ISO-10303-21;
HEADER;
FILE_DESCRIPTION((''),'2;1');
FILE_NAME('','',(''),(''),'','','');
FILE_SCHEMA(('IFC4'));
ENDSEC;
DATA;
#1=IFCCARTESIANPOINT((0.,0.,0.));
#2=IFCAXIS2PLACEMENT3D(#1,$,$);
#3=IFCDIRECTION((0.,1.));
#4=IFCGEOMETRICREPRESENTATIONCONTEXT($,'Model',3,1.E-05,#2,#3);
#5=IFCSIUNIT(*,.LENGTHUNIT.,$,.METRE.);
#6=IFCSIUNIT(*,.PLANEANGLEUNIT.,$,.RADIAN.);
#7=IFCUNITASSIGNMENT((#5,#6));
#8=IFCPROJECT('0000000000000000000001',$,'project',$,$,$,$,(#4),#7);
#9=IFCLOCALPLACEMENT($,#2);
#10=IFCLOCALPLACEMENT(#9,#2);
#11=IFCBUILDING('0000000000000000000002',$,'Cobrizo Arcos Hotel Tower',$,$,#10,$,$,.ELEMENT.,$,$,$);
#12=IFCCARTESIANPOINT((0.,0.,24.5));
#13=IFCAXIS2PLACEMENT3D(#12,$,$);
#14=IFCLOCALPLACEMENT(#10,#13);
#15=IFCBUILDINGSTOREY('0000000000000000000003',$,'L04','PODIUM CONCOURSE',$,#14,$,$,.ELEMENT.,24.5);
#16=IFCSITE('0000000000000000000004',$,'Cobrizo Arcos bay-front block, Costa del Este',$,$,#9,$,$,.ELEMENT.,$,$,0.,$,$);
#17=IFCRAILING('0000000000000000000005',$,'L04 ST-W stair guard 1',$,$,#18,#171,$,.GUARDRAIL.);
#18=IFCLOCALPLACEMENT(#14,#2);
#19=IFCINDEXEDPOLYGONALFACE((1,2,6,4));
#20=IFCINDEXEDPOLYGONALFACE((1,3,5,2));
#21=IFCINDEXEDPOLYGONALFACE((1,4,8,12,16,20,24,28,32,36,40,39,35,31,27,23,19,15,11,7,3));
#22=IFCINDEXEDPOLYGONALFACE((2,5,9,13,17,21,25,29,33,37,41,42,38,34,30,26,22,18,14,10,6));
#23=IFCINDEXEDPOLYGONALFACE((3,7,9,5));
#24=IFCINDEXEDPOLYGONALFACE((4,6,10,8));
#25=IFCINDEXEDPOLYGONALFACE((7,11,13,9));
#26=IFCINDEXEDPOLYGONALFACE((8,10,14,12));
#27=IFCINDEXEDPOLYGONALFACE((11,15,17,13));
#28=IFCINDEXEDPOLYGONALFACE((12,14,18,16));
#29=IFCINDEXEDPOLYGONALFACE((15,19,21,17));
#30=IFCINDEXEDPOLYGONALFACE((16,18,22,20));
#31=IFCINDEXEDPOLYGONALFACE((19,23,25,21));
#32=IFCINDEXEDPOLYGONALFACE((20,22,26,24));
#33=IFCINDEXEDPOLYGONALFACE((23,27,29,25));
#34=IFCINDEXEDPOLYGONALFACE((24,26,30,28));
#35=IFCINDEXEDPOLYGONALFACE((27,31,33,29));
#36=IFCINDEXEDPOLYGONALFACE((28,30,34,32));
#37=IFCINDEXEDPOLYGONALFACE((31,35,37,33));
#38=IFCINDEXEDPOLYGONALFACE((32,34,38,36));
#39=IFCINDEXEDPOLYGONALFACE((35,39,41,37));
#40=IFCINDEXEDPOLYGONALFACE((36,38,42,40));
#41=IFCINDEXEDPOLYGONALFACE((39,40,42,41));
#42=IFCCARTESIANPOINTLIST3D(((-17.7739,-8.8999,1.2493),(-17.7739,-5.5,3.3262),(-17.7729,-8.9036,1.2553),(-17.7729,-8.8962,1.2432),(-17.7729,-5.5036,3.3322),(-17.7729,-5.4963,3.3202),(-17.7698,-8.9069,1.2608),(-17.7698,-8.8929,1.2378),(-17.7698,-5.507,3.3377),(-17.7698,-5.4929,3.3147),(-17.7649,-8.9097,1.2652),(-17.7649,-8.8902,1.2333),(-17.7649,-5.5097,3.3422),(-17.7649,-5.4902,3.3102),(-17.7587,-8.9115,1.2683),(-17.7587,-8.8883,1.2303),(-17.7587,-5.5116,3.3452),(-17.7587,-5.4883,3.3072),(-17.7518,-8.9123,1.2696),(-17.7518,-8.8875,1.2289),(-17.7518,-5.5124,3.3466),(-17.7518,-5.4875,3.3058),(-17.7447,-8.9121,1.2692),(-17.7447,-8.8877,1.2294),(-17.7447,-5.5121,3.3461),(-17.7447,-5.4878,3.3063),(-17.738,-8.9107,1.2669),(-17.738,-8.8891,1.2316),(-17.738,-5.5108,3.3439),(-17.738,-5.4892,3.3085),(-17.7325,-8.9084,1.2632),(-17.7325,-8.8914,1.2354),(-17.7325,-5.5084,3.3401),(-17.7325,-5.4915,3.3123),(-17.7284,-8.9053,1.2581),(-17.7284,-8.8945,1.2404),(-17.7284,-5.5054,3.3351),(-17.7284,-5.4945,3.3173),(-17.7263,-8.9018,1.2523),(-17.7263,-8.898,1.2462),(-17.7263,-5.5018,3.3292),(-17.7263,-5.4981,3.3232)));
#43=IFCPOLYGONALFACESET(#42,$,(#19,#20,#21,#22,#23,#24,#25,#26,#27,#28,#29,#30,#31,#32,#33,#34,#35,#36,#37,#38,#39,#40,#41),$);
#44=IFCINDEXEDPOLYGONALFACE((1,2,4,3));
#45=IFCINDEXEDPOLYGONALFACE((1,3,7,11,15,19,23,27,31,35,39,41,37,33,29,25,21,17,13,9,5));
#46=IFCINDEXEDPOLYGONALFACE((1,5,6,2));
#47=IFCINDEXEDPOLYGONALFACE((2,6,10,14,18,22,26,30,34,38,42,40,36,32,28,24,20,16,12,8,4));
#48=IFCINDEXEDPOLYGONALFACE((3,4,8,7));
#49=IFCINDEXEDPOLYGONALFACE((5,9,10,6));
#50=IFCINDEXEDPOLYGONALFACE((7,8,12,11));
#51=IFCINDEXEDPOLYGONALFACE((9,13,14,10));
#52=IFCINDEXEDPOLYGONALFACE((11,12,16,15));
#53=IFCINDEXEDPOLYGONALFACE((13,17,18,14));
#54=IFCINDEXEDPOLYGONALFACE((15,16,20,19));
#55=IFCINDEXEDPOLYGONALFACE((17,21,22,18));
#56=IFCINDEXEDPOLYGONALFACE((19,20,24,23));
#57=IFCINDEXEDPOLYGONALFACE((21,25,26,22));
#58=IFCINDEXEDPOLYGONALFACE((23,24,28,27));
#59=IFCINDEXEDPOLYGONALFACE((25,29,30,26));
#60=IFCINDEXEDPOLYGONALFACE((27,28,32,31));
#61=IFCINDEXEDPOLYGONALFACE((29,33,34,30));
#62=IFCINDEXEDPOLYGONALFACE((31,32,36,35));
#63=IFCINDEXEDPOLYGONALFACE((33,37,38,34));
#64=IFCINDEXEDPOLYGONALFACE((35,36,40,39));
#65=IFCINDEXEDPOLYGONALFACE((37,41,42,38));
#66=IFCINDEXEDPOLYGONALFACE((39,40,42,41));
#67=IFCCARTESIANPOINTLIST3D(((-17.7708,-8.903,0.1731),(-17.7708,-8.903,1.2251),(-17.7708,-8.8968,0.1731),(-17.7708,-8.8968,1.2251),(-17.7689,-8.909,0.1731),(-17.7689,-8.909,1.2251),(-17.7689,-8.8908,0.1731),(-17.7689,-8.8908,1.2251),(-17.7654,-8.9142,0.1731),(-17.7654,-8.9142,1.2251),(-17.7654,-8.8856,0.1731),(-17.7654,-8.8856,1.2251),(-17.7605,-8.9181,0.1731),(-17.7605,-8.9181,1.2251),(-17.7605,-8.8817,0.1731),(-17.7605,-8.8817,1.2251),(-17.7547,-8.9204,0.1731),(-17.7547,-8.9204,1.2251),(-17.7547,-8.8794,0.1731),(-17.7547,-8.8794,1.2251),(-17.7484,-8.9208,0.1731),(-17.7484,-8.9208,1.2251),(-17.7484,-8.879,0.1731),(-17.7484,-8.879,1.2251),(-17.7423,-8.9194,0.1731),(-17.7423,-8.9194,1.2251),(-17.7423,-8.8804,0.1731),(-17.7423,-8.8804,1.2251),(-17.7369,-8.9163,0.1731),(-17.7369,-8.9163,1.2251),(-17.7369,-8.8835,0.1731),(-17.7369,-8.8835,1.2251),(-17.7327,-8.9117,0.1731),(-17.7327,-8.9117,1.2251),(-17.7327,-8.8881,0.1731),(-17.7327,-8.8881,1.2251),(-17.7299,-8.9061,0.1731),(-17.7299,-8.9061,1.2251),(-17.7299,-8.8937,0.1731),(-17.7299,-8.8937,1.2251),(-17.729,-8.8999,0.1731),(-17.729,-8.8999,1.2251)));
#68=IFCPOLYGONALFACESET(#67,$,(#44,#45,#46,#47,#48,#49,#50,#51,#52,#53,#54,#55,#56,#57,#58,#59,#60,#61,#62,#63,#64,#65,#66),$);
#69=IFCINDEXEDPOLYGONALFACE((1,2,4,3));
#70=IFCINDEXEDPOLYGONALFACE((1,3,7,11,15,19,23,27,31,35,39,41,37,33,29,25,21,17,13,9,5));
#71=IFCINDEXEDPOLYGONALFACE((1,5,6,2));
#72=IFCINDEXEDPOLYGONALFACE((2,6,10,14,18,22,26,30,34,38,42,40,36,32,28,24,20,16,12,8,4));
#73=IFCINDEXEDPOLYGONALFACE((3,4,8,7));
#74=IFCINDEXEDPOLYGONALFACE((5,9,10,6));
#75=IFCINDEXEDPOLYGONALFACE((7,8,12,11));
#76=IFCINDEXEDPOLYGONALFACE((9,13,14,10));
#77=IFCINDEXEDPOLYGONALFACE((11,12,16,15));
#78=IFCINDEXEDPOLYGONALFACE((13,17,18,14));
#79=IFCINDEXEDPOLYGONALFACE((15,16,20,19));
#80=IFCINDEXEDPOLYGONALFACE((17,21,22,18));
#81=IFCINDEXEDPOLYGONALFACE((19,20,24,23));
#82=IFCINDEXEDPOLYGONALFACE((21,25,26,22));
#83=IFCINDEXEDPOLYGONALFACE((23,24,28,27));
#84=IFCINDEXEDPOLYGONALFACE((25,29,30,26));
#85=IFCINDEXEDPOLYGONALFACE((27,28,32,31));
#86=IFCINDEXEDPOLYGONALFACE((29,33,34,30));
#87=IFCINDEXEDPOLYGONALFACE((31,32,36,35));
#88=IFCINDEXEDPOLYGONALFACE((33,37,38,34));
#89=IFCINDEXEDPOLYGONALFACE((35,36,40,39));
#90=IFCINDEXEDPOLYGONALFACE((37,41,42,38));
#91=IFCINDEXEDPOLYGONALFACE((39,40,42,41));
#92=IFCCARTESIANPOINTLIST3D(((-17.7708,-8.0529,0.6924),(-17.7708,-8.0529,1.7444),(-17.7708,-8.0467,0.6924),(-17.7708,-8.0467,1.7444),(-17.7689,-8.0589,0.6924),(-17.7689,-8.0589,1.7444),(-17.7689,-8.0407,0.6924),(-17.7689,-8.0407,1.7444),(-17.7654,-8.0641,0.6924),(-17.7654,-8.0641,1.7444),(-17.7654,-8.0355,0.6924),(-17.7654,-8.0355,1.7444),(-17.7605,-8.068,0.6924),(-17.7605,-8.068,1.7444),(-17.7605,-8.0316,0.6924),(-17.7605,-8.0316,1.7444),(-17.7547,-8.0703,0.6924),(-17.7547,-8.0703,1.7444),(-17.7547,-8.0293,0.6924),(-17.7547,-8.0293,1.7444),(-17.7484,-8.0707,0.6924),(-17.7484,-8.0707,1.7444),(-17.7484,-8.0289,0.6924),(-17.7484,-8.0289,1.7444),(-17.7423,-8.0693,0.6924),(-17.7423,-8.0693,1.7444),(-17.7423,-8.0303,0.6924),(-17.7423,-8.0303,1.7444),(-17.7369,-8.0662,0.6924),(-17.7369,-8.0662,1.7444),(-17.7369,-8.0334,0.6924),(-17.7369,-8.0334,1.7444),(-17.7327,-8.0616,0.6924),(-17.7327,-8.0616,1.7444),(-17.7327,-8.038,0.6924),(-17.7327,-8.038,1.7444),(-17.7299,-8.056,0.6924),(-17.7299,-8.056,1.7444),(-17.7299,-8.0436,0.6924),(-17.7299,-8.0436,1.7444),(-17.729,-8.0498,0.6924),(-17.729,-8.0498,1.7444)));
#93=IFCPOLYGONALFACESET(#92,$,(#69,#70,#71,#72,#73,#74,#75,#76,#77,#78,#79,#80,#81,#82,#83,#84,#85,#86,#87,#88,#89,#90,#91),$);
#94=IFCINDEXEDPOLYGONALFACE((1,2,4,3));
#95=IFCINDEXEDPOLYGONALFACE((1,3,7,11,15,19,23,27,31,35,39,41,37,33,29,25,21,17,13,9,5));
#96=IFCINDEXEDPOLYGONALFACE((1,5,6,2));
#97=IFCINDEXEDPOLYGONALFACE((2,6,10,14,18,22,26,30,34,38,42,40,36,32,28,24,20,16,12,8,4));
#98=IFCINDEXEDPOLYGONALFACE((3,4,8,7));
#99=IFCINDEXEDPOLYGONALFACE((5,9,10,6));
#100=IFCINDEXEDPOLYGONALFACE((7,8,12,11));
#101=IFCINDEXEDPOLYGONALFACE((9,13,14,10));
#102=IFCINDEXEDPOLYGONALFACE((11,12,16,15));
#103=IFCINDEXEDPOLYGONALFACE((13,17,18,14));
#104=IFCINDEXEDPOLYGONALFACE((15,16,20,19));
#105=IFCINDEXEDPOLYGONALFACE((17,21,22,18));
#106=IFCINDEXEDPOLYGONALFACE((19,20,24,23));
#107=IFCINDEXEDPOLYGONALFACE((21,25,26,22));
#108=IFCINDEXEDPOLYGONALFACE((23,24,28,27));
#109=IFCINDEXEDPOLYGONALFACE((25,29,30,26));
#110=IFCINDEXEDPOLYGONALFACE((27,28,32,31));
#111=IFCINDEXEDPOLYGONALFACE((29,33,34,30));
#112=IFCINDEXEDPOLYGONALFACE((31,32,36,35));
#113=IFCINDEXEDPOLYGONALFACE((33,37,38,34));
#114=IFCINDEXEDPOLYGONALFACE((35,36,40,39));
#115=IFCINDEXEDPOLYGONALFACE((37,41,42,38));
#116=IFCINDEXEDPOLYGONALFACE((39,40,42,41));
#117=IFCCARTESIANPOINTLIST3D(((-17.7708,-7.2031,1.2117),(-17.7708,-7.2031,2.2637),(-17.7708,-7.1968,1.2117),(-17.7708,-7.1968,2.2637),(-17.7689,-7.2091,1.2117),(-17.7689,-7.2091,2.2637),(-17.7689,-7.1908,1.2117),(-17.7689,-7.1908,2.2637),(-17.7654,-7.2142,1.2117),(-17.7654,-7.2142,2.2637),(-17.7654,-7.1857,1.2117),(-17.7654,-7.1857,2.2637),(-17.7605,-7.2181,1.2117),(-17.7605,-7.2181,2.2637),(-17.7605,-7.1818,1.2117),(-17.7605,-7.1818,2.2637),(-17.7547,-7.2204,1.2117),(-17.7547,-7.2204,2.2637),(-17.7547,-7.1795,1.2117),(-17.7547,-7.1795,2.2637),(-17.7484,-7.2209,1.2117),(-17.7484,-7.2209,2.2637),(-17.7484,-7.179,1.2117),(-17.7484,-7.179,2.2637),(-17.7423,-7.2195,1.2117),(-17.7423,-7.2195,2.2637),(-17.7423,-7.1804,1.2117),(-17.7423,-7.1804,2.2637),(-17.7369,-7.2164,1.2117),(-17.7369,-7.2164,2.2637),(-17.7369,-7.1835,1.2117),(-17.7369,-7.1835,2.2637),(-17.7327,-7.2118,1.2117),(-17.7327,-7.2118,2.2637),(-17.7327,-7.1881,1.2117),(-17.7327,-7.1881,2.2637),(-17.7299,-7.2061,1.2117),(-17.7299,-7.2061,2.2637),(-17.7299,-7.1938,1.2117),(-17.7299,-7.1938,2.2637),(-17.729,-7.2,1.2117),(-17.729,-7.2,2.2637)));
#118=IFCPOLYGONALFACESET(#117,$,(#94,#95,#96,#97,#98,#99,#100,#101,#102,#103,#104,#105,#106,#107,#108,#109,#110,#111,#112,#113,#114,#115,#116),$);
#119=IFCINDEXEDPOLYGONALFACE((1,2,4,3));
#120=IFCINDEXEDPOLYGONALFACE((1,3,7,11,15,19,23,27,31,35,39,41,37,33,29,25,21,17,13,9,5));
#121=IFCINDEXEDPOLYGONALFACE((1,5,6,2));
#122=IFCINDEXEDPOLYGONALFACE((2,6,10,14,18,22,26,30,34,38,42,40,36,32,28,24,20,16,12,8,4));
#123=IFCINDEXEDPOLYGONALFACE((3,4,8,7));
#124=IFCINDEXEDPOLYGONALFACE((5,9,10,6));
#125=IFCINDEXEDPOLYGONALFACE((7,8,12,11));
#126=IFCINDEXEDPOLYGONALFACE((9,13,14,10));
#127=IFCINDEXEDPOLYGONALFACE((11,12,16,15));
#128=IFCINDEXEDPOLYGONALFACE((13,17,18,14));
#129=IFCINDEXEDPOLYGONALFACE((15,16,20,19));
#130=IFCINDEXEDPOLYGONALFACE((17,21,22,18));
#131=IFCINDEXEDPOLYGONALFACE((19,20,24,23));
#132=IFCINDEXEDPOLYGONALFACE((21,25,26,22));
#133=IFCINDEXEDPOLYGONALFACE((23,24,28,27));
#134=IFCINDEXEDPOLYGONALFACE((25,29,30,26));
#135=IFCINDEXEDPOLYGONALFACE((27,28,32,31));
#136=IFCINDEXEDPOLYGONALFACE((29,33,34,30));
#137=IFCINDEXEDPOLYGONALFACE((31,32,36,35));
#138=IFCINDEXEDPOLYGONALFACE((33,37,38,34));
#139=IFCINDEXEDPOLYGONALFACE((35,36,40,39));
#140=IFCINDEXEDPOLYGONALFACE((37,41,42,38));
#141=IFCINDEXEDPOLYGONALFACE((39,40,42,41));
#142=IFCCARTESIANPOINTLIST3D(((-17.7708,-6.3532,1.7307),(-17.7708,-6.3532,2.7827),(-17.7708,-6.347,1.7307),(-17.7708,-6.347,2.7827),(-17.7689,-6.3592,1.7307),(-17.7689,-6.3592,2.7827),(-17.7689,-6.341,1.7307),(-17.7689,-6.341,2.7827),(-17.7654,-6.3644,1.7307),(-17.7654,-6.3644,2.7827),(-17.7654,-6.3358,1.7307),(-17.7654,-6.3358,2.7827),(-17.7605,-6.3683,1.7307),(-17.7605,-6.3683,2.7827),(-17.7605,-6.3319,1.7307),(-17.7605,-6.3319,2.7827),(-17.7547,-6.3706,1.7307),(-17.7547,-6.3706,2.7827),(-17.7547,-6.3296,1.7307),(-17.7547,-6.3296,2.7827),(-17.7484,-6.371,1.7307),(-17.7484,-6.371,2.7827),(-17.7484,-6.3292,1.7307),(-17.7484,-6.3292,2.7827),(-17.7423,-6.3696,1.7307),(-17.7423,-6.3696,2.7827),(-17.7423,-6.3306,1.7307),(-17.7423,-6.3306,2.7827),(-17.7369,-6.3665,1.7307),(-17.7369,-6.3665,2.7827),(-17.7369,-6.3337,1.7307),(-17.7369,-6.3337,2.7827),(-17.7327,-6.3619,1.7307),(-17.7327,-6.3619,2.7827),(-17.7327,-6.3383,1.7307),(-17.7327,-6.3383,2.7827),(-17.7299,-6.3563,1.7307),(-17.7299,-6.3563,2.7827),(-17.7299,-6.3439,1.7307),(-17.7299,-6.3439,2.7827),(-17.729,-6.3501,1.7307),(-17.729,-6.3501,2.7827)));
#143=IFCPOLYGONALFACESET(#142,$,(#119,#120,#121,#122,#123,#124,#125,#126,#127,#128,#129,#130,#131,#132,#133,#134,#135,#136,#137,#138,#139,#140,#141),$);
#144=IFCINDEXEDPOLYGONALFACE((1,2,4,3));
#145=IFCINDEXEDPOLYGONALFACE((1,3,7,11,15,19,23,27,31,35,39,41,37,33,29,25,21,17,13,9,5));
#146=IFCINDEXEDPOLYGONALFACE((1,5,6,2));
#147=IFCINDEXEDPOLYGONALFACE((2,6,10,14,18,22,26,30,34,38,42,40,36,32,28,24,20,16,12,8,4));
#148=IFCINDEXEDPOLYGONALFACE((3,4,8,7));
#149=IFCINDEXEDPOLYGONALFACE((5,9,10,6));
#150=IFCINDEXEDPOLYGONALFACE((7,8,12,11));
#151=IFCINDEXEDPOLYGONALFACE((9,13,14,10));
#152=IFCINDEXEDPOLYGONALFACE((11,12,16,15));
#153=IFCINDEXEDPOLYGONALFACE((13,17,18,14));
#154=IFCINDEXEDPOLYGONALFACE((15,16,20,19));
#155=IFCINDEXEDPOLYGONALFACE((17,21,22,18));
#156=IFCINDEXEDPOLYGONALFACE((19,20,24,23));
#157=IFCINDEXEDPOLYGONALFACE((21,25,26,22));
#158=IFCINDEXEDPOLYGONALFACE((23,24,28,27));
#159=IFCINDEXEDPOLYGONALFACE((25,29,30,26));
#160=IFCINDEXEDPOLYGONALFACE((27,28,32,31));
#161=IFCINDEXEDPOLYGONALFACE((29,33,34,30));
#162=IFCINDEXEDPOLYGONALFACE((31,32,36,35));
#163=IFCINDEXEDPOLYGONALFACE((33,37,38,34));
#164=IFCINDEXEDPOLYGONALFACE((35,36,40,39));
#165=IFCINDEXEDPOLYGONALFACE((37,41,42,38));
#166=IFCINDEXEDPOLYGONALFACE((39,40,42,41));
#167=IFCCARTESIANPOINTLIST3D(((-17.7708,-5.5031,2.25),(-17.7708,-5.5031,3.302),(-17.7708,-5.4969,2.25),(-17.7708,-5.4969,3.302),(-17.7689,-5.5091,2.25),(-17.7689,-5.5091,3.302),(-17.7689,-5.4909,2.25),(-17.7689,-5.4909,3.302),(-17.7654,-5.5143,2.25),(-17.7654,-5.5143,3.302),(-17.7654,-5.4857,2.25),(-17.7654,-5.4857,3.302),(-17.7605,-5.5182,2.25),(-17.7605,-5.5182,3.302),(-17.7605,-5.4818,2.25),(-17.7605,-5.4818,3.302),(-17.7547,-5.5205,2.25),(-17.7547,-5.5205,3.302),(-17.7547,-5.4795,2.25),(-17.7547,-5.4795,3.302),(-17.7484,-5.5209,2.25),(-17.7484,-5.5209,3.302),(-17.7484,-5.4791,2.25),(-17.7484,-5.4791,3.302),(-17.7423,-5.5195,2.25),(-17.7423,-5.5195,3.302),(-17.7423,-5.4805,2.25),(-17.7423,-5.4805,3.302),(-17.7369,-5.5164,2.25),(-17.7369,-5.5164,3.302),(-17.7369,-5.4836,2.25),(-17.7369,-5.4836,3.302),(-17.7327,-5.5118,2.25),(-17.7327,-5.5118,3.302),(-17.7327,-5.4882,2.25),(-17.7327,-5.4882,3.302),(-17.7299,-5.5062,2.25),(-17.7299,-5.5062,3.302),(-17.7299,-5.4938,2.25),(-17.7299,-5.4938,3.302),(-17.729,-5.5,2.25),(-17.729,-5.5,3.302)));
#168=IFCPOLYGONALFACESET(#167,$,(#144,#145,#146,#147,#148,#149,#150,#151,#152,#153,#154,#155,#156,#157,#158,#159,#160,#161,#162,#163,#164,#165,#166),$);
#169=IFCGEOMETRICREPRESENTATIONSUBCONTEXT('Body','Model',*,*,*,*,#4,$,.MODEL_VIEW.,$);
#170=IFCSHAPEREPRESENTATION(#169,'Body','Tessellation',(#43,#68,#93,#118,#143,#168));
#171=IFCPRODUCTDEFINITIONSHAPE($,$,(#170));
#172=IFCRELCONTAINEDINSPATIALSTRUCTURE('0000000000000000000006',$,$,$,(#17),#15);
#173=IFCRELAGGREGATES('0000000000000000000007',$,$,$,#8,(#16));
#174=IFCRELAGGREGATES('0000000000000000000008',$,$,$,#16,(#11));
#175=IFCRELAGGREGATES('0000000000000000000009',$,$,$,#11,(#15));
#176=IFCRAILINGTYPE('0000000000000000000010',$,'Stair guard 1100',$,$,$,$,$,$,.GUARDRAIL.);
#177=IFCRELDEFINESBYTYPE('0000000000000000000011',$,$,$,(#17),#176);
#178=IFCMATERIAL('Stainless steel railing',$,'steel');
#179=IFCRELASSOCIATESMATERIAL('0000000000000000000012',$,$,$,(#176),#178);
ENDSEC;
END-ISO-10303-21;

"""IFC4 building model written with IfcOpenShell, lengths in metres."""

from ifc_helpers import new_model, si_unit, direction, frame, origin, origin_2d, place, context, subcontext, project, spatial, circle, extrude, material, type_object, element, save


model = new_model("IFC4")

# Units and contexts
model_context = context("Model", 3, precision=1e-05, world=origin(), true_north=direction((0.0, 1.0)))
body_context = subcontext(model_context, "Body", "Model", "MODEL_VIEW")
ifc_project = project(units=[si_unit("LENGTHUNIT", "METRE"), si_unit("PLANEANGLEUNIT", "RADIAN")], contexts=[model_context])

# Site, building, storey
site_placement = place(None, origin())
site = spatial("IfcSite", under=ifc_project, at=site_placement, Name="Cobrizo Arcos bay-front block, Costa del Este", CompositionType="ELEMENT", RefElevation=0.0)
building_placement = place(site_placement, origin())
building = spatial("IfcBuilding", under=site, at=building_placement, Name="Cobrizo Arcos Hotel Tower", CompositionType="ELEMENT")
storey_placement = place(building_placement, frame((0.0, 0.0, 24.5)))
storey = spatial("IfcBuildingStorey", under=building, at=storey_placement, Name="L04", Description="PODIUM CONCOURSE", CompositionType="ELEMENT", Elevation=24.5)

# Railing
ifc_material_1 = material(Name="Stainless steel railing", Category="steel")
railing_type_1 = type_object("IfcRailingType", Name="Stair guard 1100", PredefinedType="GUARDRAIL", material=ifc_material_1)
railing_1_placement = place(storey_placement, frame((-17.75, -8.8999, 0.1731)))
element("IfcRailing", 1, at=railing_1_placement, inside=storey, type_object=railing_type_1, Name="L04 ST-W stair guard 1", PredefinedType="GUARDRAIL", context=body_context, shape_type="SweptSolid", body=[
    extrude(circle(Radius=0.0239, at=origin_2d()), frame((0.0, 0.0, 1.0762), z_axis=(0.0, 0.853373, 0.521301), x_axis=(-1.0, 0.0, 0.0)), (0.0, 0.0, 1.0), 3.9841),
    extrude(circle(Radius=0.021, at=origin_2d()), origin(), (0.0, 0.0, 1.0), 1.052),
    extrude(circle(Radius=0.021, at=origin_2d()), frame((0.0, 0.8501, 0.5193)), (0.0, 0.0, 1.0), 1.052),
    extrude(circle(Radius=0.021, at=origin_2d()), frame((0.0, 1.7, 1.0386)), (0.0, 0.0, 1.0), 1.052),
    extrude(circle(Radius=0.021, at=origin_2d()), frame((0.0, 2.5498, 1.5576)), (0.0, 0.0, 1.0), 1.052),
    extrude(circle(Radius=0.021, at=origin_2d()), frame((0.0, 3.3999, 2.0769)), (0.0, 0.0, 1.0), 1.052),
])

save(model, "model.ifc")
